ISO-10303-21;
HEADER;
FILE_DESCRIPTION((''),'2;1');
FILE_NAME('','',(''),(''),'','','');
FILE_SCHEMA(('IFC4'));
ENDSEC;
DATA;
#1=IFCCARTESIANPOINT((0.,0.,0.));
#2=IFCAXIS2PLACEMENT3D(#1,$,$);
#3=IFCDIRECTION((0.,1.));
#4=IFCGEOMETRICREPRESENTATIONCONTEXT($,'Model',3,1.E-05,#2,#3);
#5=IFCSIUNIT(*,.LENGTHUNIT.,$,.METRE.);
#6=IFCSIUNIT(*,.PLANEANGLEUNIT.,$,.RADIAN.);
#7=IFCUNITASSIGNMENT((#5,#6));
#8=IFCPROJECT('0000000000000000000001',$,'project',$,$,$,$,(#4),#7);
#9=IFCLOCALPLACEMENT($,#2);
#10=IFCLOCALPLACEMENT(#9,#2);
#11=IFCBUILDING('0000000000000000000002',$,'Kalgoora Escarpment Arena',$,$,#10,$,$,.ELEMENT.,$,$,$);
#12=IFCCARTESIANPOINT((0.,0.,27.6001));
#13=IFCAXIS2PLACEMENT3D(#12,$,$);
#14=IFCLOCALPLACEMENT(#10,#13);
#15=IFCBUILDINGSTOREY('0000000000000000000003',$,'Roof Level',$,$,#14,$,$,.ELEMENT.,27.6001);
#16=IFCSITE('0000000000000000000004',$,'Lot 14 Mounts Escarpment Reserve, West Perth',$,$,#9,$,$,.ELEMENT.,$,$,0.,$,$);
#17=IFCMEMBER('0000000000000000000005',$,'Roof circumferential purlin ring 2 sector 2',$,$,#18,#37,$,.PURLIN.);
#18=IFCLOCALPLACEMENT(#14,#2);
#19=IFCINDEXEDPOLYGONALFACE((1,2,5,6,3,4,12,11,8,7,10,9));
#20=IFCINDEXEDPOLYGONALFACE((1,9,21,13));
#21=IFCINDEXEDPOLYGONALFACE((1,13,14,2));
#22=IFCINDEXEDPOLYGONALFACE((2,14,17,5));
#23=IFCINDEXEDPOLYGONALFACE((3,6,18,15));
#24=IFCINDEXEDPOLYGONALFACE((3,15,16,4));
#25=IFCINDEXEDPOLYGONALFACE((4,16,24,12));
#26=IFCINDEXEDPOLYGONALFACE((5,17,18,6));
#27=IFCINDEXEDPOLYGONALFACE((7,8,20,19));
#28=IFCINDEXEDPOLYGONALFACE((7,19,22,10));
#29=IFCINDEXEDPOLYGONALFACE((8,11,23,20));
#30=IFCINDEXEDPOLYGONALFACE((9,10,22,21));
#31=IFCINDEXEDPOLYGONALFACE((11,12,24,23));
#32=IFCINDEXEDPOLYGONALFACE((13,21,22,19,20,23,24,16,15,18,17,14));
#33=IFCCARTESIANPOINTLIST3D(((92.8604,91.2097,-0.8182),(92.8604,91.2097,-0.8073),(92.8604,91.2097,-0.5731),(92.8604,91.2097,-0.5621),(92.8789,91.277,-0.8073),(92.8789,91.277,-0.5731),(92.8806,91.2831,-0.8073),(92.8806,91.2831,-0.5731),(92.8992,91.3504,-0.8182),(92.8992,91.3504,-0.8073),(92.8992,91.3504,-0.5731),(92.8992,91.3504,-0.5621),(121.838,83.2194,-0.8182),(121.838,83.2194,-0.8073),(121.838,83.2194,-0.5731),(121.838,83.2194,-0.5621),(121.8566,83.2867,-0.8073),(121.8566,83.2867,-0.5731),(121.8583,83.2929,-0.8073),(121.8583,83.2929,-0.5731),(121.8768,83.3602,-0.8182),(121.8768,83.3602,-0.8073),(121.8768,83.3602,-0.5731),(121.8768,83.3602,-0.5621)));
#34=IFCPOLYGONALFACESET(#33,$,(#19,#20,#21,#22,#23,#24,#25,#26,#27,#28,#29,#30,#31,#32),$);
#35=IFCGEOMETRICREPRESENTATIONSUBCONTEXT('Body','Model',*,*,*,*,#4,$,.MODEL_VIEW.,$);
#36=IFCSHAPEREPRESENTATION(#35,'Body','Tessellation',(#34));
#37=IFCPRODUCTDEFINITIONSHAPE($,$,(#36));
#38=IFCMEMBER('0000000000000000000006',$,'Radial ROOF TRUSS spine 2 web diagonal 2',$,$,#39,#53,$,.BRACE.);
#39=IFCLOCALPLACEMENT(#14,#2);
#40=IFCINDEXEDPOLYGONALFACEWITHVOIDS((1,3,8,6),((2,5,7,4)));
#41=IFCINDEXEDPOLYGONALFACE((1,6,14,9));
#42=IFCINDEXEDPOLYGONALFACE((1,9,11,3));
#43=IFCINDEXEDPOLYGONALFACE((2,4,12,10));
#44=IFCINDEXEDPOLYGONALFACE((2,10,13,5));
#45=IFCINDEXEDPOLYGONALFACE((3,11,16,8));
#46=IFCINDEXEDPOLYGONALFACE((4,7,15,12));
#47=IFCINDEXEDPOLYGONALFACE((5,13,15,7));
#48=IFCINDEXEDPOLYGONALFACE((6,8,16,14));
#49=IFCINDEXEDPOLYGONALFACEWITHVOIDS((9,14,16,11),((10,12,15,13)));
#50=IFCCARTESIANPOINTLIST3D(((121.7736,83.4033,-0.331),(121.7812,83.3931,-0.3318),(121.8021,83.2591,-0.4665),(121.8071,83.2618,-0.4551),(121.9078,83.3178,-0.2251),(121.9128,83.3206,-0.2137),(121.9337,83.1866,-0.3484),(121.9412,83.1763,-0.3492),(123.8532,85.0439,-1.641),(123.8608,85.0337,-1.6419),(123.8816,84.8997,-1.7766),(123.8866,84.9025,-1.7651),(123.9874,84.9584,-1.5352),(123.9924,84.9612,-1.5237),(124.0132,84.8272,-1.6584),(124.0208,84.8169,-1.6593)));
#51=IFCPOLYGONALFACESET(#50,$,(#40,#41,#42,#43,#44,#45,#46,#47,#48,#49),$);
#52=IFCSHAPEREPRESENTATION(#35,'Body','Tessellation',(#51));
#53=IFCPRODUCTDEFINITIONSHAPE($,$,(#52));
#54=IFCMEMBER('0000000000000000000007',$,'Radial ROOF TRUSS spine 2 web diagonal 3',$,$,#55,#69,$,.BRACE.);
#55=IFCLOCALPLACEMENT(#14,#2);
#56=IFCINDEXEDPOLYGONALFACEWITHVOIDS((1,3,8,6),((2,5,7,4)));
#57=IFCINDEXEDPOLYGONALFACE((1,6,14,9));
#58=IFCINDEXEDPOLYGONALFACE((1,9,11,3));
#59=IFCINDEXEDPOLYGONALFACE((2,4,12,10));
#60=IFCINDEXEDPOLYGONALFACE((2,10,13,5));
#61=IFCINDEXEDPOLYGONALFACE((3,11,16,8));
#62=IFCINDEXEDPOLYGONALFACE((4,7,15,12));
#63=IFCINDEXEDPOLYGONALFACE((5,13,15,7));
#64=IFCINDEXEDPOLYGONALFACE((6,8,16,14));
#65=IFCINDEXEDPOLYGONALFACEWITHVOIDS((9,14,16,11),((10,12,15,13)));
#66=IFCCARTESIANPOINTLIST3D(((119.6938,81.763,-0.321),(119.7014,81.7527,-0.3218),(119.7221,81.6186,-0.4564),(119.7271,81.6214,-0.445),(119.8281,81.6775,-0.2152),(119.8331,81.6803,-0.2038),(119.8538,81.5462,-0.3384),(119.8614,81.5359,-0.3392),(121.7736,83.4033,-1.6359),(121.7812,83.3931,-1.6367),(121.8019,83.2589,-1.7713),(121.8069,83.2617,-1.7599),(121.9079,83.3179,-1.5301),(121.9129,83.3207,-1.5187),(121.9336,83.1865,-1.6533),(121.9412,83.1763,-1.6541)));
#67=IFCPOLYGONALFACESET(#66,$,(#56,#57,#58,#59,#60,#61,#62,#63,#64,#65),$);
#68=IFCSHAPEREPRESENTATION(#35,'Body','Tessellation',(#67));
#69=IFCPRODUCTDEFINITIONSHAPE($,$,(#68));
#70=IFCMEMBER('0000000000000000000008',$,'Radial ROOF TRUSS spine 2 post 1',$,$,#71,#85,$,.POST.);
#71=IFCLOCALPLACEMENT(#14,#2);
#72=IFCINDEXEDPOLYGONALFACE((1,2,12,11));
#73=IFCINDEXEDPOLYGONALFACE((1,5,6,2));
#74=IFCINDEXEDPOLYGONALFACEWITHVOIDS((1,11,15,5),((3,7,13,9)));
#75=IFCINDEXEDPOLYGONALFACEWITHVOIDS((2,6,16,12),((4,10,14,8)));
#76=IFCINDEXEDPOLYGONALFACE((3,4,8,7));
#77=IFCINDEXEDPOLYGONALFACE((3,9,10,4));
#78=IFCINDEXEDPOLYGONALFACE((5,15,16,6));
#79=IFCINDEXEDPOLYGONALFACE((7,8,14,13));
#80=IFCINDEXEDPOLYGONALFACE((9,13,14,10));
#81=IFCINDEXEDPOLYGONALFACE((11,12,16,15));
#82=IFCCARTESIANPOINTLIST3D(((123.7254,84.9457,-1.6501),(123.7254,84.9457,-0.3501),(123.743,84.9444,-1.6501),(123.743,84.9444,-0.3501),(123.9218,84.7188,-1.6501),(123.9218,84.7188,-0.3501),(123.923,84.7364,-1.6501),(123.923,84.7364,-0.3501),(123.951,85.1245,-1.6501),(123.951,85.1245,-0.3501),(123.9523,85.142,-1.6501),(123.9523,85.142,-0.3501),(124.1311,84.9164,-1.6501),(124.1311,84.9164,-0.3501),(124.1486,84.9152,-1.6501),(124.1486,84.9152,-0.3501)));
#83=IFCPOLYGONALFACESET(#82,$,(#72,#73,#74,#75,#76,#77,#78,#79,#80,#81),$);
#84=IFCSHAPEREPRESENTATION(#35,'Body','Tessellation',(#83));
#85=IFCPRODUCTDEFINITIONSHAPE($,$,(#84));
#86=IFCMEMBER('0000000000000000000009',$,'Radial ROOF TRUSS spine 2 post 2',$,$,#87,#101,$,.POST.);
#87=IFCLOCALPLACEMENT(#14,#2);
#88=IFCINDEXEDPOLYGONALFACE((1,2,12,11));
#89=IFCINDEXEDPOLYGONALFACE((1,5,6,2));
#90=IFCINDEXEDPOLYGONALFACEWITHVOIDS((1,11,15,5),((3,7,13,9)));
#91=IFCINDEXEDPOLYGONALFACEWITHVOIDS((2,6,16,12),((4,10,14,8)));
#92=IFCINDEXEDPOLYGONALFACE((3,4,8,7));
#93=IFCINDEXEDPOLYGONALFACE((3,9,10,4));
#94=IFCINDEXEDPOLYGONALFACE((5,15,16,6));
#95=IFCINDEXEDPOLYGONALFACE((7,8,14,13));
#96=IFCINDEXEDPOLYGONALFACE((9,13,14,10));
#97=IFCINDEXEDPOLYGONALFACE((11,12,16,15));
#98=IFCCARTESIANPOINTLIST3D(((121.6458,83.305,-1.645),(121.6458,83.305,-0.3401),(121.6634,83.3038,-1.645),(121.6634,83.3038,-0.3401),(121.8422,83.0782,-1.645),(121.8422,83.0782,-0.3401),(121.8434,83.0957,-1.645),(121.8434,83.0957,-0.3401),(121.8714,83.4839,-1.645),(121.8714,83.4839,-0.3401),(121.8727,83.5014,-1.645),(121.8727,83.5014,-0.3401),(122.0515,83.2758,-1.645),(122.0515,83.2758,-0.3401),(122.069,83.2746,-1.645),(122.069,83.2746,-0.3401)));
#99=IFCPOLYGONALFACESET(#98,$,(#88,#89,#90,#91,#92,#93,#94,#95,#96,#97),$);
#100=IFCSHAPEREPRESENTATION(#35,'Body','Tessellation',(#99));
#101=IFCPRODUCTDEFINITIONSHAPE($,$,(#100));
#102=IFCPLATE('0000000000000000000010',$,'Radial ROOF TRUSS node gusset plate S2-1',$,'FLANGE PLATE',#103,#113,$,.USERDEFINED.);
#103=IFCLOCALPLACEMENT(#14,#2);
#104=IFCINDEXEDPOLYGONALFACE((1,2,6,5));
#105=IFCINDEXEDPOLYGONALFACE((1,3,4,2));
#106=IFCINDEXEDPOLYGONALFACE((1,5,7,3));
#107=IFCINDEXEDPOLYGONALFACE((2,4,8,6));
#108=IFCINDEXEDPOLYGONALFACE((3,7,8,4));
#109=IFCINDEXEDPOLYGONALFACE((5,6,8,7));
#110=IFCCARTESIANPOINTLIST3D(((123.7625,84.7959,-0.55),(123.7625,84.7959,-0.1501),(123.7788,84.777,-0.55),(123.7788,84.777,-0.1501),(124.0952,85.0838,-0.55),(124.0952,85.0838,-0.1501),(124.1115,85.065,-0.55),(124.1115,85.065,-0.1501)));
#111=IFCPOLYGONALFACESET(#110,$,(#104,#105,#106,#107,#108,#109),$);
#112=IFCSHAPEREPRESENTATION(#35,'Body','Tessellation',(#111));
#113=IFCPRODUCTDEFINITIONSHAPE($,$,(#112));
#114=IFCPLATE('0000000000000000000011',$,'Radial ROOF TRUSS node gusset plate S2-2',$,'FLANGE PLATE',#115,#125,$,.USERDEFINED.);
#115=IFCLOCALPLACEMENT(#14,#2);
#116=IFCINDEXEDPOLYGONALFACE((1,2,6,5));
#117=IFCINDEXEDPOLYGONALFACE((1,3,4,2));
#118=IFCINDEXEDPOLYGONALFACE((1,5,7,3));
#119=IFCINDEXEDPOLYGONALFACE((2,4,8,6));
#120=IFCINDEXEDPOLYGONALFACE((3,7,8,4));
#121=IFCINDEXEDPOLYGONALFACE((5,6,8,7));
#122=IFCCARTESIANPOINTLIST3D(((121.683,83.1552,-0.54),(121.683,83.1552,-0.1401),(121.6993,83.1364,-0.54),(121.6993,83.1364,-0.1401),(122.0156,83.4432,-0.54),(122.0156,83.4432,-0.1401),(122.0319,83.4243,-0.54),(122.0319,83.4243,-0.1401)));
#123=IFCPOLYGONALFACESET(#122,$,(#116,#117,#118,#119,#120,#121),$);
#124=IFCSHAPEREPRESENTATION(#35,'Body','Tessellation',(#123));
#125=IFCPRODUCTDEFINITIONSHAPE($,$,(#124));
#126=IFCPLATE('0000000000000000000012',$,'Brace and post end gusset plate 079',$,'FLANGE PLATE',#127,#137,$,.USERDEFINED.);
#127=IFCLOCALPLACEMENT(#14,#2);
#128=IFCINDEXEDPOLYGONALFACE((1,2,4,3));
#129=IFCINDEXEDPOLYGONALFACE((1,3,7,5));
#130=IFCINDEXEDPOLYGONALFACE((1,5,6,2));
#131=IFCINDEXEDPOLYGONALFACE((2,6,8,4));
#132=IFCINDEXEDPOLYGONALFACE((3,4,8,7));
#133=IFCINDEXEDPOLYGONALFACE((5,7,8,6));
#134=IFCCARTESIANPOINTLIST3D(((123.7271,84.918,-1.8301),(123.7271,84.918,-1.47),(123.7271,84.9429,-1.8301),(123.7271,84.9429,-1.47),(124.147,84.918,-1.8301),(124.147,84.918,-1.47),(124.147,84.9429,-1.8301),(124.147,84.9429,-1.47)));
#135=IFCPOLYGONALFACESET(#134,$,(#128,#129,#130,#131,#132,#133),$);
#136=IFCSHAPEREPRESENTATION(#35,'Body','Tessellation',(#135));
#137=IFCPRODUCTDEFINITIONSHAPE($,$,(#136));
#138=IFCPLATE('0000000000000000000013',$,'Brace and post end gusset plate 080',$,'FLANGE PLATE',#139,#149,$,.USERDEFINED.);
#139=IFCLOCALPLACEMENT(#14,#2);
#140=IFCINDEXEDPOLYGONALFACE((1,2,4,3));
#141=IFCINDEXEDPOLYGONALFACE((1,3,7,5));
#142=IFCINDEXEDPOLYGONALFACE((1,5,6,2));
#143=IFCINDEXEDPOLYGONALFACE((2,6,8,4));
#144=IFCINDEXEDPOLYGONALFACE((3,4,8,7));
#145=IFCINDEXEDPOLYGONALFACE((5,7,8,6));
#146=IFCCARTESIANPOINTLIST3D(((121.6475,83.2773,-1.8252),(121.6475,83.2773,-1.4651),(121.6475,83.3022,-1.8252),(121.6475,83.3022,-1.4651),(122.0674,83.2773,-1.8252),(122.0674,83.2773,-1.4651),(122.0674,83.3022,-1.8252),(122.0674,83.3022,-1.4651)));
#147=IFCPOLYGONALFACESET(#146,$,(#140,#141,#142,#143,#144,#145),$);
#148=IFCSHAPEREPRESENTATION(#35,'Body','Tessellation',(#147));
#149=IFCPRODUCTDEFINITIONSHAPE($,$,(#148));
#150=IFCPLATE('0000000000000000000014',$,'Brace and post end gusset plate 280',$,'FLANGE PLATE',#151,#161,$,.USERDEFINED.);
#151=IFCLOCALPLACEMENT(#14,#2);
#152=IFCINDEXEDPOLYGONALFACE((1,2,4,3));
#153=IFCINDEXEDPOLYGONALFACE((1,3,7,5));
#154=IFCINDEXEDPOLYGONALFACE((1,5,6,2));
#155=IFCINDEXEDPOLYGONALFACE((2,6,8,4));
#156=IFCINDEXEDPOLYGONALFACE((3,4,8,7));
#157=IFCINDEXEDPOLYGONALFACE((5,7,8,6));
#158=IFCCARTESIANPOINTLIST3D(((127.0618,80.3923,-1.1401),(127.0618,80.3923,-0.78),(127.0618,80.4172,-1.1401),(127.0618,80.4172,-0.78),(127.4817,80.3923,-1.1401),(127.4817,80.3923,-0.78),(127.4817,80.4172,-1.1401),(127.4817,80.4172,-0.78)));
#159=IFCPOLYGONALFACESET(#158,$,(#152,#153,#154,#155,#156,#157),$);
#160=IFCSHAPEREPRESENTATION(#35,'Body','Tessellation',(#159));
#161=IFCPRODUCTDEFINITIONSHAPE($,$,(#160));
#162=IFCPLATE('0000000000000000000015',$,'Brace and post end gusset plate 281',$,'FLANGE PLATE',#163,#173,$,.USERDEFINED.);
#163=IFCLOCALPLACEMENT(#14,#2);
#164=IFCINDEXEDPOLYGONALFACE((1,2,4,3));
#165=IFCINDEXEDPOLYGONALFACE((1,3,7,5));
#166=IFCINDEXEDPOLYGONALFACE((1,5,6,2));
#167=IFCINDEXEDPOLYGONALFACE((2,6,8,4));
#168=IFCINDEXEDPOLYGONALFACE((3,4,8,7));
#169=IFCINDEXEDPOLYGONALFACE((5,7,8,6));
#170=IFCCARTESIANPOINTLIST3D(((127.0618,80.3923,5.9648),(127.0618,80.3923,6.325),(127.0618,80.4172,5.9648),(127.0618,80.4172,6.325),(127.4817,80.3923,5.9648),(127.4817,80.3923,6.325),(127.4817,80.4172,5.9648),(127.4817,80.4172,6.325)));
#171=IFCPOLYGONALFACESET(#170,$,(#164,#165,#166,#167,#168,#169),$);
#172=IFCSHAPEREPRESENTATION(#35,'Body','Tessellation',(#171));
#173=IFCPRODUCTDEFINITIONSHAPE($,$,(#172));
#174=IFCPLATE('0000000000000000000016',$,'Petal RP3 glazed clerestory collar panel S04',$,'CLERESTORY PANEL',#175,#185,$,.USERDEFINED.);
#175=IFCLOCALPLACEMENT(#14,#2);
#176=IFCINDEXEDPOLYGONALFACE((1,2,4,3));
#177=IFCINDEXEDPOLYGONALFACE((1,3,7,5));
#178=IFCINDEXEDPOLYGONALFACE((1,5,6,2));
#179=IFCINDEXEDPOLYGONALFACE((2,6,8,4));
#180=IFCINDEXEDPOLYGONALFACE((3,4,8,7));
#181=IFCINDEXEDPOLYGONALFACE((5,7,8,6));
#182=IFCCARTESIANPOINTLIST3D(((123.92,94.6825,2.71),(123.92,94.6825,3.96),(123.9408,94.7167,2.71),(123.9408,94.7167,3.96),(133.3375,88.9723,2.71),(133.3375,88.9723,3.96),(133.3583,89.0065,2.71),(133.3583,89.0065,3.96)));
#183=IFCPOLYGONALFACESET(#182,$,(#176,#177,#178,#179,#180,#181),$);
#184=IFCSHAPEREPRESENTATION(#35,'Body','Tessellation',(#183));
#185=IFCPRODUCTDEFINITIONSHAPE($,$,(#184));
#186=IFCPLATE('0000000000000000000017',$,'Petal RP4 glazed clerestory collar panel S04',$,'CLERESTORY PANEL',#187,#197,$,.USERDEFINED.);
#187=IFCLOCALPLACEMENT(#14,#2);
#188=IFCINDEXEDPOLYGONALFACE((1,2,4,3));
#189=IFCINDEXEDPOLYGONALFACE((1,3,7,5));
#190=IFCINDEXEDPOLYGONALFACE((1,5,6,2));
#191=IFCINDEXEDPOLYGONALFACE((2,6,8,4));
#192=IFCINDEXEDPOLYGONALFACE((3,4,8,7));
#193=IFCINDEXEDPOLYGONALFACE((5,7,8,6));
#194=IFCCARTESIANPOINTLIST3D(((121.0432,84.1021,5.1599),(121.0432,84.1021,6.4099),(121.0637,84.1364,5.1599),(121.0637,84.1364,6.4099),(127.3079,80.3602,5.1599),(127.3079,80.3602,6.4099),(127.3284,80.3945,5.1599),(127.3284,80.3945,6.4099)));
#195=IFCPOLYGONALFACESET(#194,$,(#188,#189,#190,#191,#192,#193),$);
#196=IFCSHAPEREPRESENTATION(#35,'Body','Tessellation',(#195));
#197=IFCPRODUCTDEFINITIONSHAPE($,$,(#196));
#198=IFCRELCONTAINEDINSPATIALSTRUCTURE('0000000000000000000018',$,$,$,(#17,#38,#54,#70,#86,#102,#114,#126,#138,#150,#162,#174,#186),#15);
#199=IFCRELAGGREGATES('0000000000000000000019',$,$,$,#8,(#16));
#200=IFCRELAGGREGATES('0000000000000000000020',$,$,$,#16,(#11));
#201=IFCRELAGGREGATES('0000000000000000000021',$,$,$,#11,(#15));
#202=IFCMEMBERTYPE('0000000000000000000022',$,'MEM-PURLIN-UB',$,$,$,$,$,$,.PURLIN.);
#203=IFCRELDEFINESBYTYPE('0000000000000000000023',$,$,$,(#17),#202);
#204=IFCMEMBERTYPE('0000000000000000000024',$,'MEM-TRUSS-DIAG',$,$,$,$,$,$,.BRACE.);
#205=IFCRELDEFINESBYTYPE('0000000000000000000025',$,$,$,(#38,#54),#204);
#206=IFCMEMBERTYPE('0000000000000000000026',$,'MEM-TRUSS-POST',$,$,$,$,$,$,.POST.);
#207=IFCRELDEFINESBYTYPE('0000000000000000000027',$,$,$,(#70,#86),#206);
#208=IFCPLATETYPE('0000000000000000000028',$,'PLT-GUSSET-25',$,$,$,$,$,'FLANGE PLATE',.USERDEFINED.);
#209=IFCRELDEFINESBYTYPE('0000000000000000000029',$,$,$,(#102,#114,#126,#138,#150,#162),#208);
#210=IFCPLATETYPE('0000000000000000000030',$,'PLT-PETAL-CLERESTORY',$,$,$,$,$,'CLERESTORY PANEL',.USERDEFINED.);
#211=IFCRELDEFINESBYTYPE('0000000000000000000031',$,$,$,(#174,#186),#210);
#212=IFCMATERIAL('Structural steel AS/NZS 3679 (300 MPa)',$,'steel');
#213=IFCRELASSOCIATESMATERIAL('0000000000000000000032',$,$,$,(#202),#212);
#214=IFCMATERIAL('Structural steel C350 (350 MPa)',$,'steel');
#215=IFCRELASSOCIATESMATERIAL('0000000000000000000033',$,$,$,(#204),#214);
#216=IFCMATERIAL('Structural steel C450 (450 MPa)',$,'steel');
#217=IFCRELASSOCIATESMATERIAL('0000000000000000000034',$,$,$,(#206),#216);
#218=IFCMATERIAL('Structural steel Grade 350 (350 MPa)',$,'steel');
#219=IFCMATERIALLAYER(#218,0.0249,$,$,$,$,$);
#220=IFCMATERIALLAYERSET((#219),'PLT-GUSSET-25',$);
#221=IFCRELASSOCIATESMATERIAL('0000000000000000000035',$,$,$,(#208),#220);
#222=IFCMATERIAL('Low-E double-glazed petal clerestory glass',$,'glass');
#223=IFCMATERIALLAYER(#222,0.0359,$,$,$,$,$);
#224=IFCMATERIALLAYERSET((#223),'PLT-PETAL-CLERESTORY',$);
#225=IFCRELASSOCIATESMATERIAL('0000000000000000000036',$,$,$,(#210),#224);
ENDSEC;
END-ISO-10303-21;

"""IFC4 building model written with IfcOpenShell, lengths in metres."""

from ifc_helpers import new_model, si_unit, direction, frame, origin, origin_2d, place, context, subcontext, project, spatial, rectangle, hollow_rectangle, i_section, extrude, material, layer, layer_set, material_profile, profile_set, type_object, element, save


model = new_model("IFC4")

# Units and contexts
model_context = context("Model", 3, precision=1e-05, world=origin(), true_north=direction((0.0, 1.0)))
body_context = subcontext(model_context, "Body", "Model", "MODEL_VIEW")
ifc_project = project(units=[si_unit("LENGTHUNIT", "METRE"), si_unit("PLANEANGLEUNIT", "RADIAN")], contexts=[model_context])

# Site, building, storey
site_placement = place(None, origin())
site = spatial("IfcSite", under=ifc_project, at=site_placement, Name="Lot 14 Mounts Escarpment Reserve, West Perth", CompositionType="ELEMENT", RefElevation=0.0)
building_placement = place(site_placement, origin())
building = spatial("IfcBuilding", under=site, at=building_placement, Name="Kalgoora Escarpment Arena", CompositionType="ELEMENT")
storey_placement = place(building_placement, frame((0.0, 0.0, 27.6001)))
storey = spatial("IfcBuildingStorey", under=building, at=storey_placement, Name="Roof Level", CompositionType="ELEMENT", Elevation=27.6001)

# Members
ifc_material_1 = material(Name="Structural steel AS/NZS 3679 (300 MPa)", Category="steel")
ifc_material_profile_1 = material_profile(ifc_material_1, i_section(OverallWidth=0.146, OverallDepth=0.2561, WebThickness=0.0063, FlangeThickness=0.011, at=origin_2d()))
ifc_profile_set_1 = profile_set([ifc_material_profile_1], Name="Structural steel AS/NZS 3679 (300 MPa)")
member_type_1 = type_object("IfcMemberType", Name="MEM-PURLIN-UB", PredefinedType="PURLIN", material=ifc_profile_set_1)
member_1_placement = place(storey_placement, frame((121.8574, 83.2898, -0.6902), z_axis=(-0.964023, 0.265819, 0.0), x_axis=(-0.265819, -0.964023, 0.0)))
element("IfcMember", 1, at=member_1_placement, inside=storey, type_object=member_type_1, Name="Roof circumferential purlin ring 2 sector 2", PredefinedType="PURLIN", context=body_context, shape_type="SweptSolid", body=[
    extrude(i_section(OverallWidth=0.146, OverallDepth=0.2561, WebThickness=0.0063, FlangeThickness=0.011, at=origin_2d()), origin(), (0.0, 0.0, 1.0), 30.0591),
])
ifc_material_2 = material(Name="Structural steel C350 (350 MPa)", Category="steel")
ifc_material_profile_2 = material_profile(ifc_material_2, hollow_rectangle(XDim=0.2, YDim=0.2, WallThickness=0.009, at=origin_2d()))
ifc_profile_set_2 = profile_set([ifc_material_profile_2], Name="Structural steel C350 (350 MPa)")
member_type_2 = type_object("IfcMemberType", Name="MEM-TRUSS-DIAG", PredefinedType="BRACE", material=ifc_profile_set_2)
member_2_placement = place(storey_placement, frame((123.937, 84.9304, -1.6501), z_axis=(-0.70373, -0.555185, 0.443322), x_axis=(-0.696089, 0.413888, -0.586649)))
element("IfcMember", 2, at=member_2_placement, inside=storey, type_object=member_type_2, Name="Radial ROOF TRUSS spine 2 web diagonal 2", PredefinedType="BRACE", context=body_context, shape_type="SweptSolid", body=[
    extrude(hollow_rectangle(XDim=0.2, YDim=0.2, WallThickness=0.009, at=origin_2d()), origin(), (0.0, 0.0, 1.0), 2.9551),
])
member_3_placement = place(storey_placement, frame((121.8574, 83.2898, -1.645), z_axis=(-0.703288, -0.554688, 0.444642), x_axis=(-0.696714, 0.413443, -0.58622)))
element("IfcMember", 3, at=member_3_placement, inside=storey, type_object=member_type_2, Name="Radial ROOF TRUSS spine 2 web diagonal 3", PredefinedType="BRACE", context=body_context, shape_type="SweptSolid", body=[
    extrude(hollow_rectangle(XDim=0.2, YDim=0.2, WallThickness=0.009, at=origin_2d()), origin(), (0.0, 0.0, 1.0), 2.9573),
])
ifc_material_3 = material(Name="Structural steel C450 (450 MPa)", Category="steel")
ifc_material_profile_3 = material_profile(ifc_material_3, hollow_rectangle(XDim=0.3, YDim=0.3, WallThickness=0.0125, at=origin_2d()))
ifc_profile_set_3 = profile_set([ifc_material_profile_3], Name="Structural steel C450 (450 MPa)")
member_type_3 = type_object("IfcMemberType", Name="MEM-TRUSS-POST", PredefinedType="POST", material=ifc_profile_set_3)
member_4_placement = place(storey_placement, frame((123.937, 84.9304, -1.6501), z_axis=(0.0, 0.0, 1.0), x_axis=(-0.756082, -0.654477, 0.0)))
element("IfcMember", 4, at=member_4_placement, inside=storey, type_object=member_type_3, Name="Radial ROOF TRUSS spine 2 post 1", PredefinedType="POST", context=body_context, shape_type="SweptSolid", body=[
    extrude(hollow_rectangle(XDim=0.3, YDim=0.3, WallThickness=0.0125, at=origin_2d()), origin(), (0.0, 0.0, 1.0), 1.3),
])
member_5_placement = place(storey_placement, frame((121.8574, 83.2898, -1.645), z_axis=(0.0, 0.0, 1.0), x_axis=(-0.756082, -0.654477, 0.0)))
element("IfcMember", 5, at=member_5_placement, inside=storey, type_object=member_type_3, Name="Radial ROOF TRUSS spine 2 post 2", PredefinedType="POST", context=body_context, shape_type="SweptSolid", body=[
    extrude(hollow_rectangle(XDim=0.3, YDim=0.3, WallThickness=0.0125, at=origin_2d()), origin(), (0.0, 0.0, 1.0), 1.3049),
])

# Plates
ifc_material_4 = material(Name="Structural steel Grade 350 (350 MPa)", Category="steel")
ifc_layer_1 = layer(ifc_material_4, 0.0249)
ifc_layer_set_1 = layer_set([ifc_layer_1], Name="PLT-GUSSET-25")
plate_type_1 = type_object("IfcPlateType", Name="PLT-GUSSET-25", ElementType="FLANGE PLATE", PredefinedType="USERDEFINED", material=ifc_layer_set_1)
for number, where, z_axis, x_axis, name in (
    (6, (123.937, 84.9304, -0.55), (0.0, 0.0, 1.0), (-0.756082, -0.654477, 0.0), "Radial ROOF TRUSS node gusset plate S2-1"),
    (7, (121.8574, 83.2898, -0.54), (0.0, 0.0, 1.0), (-0.756082, -0.654477, 0.0), "Radial ROOF TRUSS node gusset plate S2-2"),
):
    element("IfcPlate", number, at=place(storey_placement, frame(where, z_axis=z_axis, x_axis=x_axis)), inside=storey, type_object=plate_type_1, Name=name, ObjectType="FLANGE PLATE", PredefinedType="USERDEFINED", context=body_context, shape_type="SweptSolid", body=[
        extrude(rectangle(XDim=0.4399, YDim=0.0249, at=origin_2d()), origin(), (0.0, 0.0, 1.0), 0.3999),
    ])
for number, where, z_axis, x_axis, name in (
    (8, (123.937, 84.9304, -1.8301), (0.0, 0.0, 1.0), (1.0, 0.0, 0.0), "Brace and post end gusset plate 079"),
    (9, (121.8574, 83.2898, -1.8252), (0.0, 0.0, 1.0), (1.0, 0.0, 0.0), "Brace and post end gusset plate 080"),
    (10, (127.2717, 80.4048, -1.1401), (0.0, 0.0, 1.0), (1.0, 0.0, 0.0), "Brace and post end gusset plate 280"),
    (11, (127.2717, 80.4048, 5.9648), (0.0, 0.0, 1.0), (1.0, 0.0, 0.0), "Brace and post end gusset plate 281"),
):
    element("IfcPlate", number, at=place(storey_placement, frame(where, z_axis=z_axis, x_axis=x_axis)), inside=storey, type_object=plate_type_1, Name=name, ObjectType="FLANGE PLATE", PredefinedType="USERDEFINED", context=body_context, shape_type="SweptSolid", body=[
        extrude(rectangle(XDim=0.4199, YDim=0.0249, at=origin_2d()), origin(), (0.0, 0.0, 1.0), 0.3601),
    ])
ifc_material_5 = material(Name="Low-E double-glazed petal clerestory glass", Category="glass")
ifc_layer_2 = layer(ifc_material_5, 0.0359)
ifc_layer_set_2 = layer_set([ifc_layer_2], Name="PLT-PETAL-CLERESTORY")
plate_type_2 = type_object("IfcPlateType", Name="PLT-PETAL-CLERESTORY", ElementType="CLERESTORY PANEL", PredefinedType="USERDEFINED", material=ifc_layer_set_2)
plate_1_placement = place(storey_placement, frame((128.6392, 91.8445, 2.71), z_axis=(0.0, 0.0, 1.0), x_axis=(-0.855093, 0.518475, 0.0)))
element("IfcPlate", 12, at=plate_1_placement, inside=storey, type_object=plate_type_2, Name="Petal RP3 glazed clerestory collar panel S04", ObjectType="CLERESTORY PANEL", PredefinedType="USERDEFINED", context=body_context, shape_type="SweptSolid", body=[
    extrude(rectangle(XDim=11.0134, YDim=0.04, at=origin_2d()), origin(), (0.0, 0.0, 1.0), 1.25),
])
plate_2_placement = place(storey_placement, frame((124.1858, 82.2483, 5.1599), z_axis=(0.0, 0.0, 1.0), x_axis=(-0.858513, 0.512792, 0.0)))
element("IfcPlate", 13, at=plate_2_placement, inside=storey, type_object=plate_type_2, Name="Petal RP4 glazed clerestory collar panel S04", ObjectType="CLERESTORY PANEL", PredefinedType="USERDEFINED", context=body_context, shape_type="SweptSolid", body=[
    extrude(rectangle(XDim=7.2971, YDim=0.04, at=origin_2d()), origin(), (0.0, 0.0, 1.0), 1.25),
])

save(model, "model.ifc")
